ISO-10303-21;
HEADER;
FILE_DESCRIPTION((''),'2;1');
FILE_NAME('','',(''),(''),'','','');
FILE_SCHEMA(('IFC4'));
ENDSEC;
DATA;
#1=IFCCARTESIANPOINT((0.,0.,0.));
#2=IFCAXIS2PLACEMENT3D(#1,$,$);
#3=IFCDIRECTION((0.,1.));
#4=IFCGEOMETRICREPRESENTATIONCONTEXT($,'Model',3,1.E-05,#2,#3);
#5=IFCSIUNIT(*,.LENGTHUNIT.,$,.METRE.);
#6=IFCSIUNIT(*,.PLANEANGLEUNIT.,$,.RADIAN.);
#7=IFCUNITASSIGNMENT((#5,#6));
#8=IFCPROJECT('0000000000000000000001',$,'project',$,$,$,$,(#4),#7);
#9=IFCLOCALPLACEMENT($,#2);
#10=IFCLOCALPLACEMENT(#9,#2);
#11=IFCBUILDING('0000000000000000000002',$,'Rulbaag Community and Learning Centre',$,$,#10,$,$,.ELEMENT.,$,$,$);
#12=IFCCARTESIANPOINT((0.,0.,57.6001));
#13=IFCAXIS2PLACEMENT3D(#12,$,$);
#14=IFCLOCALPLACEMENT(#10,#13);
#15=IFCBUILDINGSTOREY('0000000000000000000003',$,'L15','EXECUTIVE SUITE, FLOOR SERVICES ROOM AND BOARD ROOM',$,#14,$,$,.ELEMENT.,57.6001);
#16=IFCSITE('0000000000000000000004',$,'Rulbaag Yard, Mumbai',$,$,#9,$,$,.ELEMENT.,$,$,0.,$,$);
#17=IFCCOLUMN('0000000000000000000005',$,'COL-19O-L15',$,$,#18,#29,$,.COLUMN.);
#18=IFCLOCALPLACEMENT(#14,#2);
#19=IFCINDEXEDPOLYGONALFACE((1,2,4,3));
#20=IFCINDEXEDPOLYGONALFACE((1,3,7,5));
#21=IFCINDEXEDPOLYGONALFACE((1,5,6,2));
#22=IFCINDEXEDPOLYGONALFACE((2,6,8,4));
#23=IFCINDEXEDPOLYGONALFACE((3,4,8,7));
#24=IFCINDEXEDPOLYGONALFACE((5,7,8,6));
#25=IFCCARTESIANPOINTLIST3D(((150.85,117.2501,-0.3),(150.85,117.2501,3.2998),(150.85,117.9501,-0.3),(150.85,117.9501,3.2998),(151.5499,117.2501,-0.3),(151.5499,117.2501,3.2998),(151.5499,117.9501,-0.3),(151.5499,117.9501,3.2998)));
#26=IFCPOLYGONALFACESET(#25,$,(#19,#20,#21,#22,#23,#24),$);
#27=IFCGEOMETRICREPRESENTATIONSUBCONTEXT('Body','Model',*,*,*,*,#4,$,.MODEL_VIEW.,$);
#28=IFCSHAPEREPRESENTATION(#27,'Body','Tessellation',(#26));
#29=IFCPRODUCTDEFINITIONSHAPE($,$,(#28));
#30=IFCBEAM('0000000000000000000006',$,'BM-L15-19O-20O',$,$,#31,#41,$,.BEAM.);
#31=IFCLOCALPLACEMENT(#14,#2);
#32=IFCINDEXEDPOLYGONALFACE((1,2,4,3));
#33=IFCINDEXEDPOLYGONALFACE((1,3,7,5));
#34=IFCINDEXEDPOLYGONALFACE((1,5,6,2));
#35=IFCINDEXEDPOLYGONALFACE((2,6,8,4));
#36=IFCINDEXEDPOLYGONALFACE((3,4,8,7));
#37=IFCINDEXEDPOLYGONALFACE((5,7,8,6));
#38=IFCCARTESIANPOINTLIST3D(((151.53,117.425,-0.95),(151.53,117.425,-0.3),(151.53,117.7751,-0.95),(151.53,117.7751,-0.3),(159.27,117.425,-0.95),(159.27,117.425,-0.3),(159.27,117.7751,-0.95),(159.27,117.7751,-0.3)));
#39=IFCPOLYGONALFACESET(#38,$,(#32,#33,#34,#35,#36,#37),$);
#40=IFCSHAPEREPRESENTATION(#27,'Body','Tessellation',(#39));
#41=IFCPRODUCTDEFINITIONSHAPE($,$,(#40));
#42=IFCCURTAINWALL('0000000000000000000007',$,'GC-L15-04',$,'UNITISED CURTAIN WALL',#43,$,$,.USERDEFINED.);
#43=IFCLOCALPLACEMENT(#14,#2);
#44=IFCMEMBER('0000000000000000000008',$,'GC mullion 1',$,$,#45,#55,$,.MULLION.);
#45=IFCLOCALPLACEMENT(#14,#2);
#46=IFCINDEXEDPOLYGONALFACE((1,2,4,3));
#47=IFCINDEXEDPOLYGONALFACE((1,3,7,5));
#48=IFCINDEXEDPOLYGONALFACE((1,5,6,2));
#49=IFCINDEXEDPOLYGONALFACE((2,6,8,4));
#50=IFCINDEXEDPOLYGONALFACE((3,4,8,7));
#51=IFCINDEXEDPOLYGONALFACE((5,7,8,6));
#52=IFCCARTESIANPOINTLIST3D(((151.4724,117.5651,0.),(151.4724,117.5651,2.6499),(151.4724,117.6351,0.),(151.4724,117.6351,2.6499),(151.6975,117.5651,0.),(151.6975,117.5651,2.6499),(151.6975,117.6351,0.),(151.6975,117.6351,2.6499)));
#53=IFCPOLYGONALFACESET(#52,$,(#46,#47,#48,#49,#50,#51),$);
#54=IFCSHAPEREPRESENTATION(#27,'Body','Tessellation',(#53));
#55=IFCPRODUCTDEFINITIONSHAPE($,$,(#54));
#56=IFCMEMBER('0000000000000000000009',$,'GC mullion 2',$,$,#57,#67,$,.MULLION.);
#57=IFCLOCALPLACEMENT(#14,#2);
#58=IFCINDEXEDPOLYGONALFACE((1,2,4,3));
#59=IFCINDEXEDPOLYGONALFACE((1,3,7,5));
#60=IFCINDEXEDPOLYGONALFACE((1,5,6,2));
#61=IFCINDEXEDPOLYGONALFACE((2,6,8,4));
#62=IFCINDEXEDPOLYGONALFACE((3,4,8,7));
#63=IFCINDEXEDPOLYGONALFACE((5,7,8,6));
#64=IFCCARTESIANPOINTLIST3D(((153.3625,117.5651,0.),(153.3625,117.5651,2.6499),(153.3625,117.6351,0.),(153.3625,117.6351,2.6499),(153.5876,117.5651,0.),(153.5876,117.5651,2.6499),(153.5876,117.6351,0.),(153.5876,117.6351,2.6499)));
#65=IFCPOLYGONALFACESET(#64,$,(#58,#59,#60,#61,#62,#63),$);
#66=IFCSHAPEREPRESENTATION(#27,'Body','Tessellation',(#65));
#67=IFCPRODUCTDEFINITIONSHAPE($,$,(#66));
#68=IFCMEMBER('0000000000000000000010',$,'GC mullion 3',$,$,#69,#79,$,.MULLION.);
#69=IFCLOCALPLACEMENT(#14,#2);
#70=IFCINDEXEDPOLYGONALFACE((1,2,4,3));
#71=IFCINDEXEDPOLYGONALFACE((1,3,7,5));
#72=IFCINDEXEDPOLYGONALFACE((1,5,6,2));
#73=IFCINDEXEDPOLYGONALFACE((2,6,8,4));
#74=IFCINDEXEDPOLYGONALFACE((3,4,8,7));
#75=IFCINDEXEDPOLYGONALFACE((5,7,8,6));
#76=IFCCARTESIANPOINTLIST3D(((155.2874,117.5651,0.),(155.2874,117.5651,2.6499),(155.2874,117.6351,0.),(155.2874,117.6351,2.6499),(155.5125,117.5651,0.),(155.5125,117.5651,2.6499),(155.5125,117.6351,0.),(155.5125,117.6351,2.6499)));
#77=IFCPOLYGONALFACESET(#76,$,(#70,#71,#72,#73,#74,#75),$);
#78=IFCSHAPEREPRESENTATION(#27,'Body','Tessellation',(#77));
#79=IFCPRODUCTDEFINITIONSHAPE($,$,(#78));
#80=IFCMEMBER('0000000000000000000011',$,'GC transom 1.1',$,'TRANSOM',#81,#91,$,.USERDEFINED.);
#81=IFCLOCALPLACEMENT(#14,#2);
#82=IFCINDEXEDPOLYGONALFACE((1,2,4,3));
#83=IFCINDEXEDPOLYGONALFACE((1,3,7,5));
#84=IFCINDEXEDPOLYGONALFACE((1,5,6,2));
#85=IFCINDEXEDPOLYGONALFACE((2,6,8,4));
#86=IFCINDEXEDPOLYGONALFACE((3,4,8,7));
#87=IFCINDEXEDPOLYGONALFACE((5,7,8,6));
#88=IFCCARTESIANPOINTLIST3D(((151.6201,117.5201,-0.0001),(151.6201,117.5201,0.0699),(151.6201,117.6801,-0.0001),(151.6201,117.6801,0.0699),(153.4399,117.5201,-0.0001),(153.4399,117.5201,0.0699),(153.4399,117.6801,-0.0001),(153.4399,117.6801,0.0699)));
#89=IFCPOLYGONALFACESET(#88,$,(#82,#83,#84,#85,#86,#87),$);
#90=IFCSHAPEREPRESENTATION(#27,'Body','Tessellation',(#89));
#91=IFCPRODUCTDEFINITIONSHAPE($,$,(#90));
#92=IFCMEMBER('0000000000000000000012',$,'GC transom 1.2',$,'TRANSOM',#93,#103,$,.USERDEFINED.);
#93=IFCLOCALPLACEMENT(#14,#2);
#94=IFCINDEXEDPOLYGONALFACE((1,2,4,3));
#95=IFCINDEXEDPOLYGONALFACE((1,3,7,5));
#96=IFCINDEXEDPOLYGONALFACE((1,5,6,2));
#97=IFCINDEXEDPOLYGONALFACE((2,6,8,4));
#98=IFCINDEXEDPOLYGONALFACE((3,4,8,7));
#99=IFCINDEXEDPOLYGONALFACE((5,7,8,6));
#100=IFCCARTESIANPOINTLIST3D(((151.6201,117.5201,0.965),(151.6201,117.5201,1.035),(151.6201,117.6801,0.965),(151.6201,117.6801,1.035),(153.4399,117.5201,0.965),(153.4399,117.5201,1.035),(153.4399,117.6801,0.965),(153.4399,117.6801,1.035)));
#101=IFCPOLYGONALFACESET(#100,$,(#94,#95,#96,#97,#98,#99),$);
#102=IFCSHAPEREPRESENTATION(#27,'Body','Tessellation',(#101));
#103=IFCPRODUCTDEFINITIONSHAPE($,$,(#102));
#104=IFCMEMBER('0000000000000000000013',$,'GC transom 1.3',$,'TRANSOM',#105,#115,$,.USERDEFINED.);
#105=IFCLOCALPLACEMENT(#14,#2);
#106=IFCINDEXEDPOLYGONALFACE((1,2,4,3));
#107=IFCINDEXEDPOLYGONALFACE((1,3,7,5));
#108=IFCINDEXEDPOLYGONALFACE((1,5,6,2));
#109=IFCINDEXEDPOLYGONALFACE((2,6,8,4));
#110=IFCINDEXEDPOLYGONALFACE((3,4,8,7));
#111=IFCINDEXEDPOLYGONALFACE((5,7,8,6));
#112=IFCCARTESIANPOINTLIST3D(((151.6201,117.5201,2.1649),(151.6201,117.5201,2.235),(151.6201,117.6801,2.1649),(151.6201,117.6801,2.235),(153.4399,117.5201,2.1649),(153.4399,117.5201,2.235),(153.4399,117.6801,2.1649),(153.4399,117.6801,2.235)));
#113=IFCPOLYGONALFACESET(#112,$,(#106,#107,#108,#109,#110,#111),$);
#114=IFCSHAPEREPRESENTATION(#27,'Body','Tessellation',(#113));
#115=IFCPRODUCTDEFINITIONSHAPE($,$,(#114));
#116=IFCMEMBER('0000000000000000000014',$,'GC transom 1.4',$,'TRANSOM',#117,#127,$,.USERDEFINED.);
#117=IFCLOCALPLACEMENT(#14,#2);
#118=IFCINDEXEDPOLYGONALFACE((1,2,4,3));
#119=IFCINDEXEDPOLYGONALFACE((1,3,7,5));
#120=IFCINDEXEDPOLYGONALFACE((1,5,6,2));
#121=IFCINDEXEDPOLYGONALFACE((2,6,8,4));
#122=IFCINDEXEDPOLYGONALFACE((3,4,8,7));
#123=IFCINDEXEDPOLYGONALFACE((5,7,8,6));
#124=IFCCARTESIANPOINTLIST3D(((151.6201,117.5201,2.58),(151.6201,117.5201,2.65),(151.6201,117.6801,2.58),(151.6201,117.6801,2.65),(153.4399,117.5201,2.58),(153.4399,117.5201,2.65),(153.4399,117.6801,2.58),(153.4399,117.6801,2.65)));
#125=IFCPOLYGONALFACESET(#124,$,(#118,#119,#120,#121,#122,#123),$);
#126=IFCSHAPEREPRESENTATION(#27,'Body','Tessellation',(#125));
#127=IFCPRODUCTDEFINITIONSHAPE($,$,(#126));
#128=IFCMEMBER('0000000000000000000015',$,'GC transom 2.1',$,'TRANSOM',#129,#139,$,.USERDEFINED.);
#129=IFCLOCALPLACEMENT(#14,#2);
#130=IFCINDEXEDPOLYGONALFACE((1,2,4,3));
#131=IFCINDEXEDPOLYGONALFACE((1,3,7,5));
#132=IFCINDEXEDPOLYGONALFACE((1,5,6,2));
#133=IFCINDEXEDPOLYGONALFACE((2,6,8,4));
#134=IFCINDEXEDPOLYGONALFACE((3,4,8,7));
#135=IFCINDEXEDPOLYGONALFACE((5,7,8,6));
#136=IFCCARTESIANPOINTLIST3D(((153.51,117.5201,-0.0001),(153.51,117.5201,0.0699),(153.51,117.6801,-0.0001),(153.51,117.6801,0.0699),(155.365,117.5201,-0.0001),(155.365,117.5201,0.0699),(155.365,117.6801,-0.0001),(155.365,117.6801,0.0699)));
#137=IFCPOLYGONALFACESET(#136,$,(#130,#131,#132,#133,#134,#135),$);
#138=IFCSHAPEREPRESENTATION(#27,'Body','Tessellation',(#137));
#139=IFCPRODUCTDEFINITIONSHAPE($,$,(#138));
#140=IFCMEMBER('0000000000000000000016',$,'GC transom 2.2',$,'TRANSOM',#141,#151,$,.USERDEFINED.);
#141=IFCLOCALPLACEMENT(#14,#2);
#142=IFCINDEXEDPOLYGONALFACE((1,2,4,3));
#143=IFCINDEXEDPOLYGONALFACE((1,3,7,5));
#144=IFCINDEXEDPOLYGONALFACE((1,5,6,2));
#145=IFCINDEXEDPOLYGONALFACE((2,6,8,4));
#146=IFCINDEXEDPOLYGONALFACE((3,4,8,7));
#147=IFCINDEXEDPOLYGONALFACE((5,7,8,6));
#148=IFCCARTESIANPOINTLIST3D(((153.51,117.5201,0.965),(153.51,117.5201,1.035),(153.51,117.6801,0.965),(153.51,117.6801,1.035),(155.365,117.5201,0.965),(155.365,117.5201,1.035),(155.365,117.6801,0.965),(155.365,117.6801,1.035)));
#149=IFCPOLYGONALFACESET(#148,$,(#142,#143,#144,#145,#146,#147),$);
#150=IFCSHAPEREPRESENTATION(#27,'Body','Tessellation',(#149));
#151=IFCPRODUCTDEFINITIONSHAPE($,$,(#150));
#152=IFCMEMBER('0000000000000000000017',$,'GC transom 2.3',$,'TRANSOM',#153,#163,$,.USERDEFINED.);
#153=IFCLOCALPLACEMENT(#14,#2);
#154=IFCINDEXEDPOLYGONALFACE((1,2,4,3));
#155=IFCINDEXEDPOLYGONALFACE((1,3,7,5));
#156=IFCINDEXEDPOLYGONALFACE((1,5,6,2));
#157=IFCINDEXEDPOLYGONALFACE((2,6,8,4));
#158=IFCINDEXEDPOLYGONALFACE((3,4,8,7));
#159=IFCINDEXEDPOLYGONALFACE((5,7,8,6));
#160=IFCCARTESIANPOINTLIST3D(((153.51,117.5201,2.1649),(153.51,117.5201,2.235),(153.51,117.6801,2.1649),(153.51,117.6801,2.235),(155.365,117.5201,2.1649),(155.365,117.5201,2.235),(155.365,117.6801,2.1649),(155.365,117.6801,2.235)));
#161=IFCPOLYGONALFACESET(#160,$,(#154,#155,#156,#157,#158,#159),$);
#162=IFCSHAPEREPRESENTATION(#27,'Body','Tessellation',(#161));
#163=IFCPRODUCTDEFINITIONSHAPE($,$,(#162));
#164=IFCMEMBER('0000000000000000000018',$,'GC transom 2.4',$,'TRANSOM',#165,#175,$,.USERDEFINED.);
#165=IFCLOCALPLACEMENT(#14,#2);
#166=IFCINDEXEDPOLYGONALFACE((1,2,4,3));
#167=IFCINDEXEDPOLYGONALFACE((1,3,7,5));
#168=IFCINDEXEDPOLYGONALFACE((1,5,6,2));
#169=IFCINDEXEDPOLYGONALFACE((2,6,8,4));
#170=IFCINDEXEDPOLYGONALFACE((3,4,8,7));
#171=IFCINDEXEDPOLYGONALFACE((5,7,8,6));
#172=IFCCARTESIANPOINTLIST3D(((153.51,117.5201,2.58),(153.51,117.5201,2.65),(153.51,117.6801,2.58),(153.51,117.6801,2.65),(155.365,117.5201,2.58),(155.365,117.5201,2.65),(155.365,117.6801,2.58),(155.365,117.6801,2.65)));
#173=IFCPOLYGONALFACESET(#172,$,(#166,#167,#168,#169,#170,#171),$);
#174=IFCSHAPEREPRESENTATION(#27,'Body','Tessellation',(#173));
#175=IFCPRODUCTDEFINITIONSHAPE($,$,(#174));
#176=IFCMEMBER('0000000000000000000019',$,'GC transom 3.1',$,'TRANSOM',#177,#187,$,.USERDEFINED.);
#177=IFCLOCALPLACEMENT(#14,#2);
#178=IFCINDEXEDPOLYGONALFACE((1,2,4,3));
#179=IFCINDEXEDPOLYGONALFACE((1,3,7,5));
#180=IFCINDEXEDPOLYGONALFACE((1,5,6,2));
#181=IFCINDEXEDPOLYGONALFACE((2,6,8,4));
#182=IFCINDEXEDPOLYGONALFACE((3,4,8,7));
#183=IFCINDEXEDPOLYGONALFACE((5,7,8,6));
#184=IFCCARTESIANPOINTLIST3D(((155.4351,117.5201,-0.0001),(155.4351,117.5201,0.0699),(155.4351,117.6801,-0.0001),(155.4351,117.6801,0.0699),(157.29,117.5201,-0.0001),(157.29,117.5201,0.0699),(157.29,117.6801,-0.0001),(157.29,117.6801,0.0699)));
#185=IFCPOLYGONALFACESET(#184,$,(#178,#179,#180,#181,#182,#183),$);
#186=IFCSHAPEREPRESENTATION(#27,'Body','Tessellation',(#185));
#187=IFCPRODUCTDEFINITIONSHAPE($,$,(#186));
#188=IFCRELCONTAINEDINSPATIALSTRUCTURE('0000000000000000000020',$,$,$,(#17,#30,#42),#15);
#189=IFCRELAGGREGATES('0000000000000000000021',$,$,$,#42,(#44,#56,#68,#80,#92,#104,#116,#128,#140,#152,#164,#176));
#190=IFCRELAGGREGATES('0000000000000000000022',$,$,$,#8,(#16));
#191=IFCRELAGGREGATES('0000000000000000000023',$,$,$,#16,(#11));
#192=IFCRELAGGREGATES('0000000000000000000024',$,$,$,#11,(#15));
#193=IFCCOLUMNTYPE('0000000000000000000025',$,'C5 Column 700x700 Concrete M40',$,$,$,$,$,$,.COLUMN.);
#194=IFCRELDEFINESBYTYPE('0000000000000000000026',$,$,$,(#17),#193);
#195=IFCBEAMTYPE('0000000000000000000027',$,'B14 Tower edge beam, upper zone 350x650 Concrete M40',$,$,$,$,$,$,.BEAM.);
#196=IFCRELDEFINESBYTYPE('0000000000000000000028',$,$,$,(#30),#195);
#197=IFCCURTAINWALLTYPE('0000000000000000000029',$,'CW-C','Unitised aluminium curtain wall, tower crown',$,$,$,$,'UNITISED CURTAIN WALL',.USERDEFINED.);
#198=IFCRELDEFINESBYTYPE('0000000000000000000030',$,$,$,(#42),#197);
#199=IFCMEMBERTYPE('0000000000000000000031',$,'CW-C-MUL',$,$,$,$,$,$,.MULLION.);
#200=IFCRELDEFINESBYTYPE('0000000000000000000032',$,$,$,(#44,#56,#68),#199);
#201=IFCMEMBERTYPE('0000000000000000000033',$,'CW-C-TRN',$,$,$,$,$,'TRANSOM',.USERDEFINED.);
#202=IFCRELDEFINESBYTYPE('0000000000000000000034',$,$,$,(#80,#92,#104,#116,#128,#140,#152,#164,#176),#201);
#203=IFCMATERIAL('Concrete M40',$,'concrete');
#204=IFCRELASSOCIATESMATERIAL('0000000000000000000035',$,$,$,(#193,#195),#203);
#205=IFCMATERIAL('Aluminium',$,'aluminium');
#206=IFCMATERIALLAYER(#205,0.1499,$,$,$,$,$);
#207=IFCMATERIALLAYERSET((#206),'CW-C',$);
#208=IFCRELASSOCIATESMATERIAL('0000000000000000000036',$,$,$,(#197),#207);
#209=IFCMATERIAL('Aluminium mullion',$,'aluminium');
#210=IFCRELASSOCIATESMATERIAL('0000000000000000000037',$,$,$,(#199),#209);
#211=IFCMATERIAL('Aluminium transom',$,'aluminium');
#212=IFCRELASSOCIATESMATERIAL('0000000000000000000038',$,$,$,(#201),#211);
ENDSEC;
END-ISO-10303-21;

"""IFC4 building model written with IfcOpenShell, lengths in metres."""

from ifc_helpers import new_model, si_unit, direction, frame, origin, origin_2d, place, context, subcontext, project, spatial, rectangle, extrude, material, layer, layer_set, material_profile, profile_set, type_object, element, aggregate, save


model = new_model("IFC4")

# Units and contexts
model_context = context("Model", 3, precision=1e-05, world=origin(), true_north=direction((0.0, 1.0)))
body_context = subcontext(model_context, "Body", "Model", "MODEL_VIEW")
ifc_project = project(units=[si_unit("LENGTHUNIT", "METRE"), si_unit("PLANEANGLEUNIT", "RADIAN")], contexts=[model_context])

# Site, building, storey
site_placement = place(None, origin())
site = spatial("IfcSite", under=ifc_project, at=site_placement, Name="Rulbaag Yard, Mumbai", CompositionType="ELEMENT", RefElevation=0.0)
building_placement = place(site_placement, origin())
building = spatial("IfcBuilding", under=site, at=building_placement, Name="Rulbaag Community and Learning Centre", CompositionType="ELEMENT")
storey_placement = place(building_placement, frame((0.0, 0.0, 57.6001)))
storey = spatial("IfcBuildingStorey", under=building, at=storey_placement, Name="L15", Description="EXECUTIVE SUITE, FLOOR SERVICES ROOM AND BOARD ROOM", CompositionType="ELEMENT", Elevation=57.6001)

# Column
ifc_material_1 = material(Name="Concrete M40", Category="concrete")
ifc_material_profile_1 = material_profile(ifc_material_1, rectangle(XDim=0.7, YDim=0.7, at=origin_2d()), Name="RC700x700")
ifc_profile_set_1 = profile_set([ifc_material_profile_1], Name="Concrete M40")
column_type = type_object("IfcColumnType", Name="C5 Column 700x700 Concrete M40", PredefinedType="COLUMN", material=ifc_profile_set_1)
column_placement = place(storey_placement, frame((151.2, 117.6001, -0.3), z_axis=(0.0, 0.0, 1.0), x_axis=(1.0, 0.0, 0.0)))
element("IfcColumn", 1, at=column_placement, inside=storey, type_object=column_type, Name="COL-19O-L15", PredefinedType="COLUMN", context=body_context, shape_type="SweptSolid", body=[
    extrude(rectangle(XDim=0.7, YDim=0.7, at=origin_2d()), origin(), (0.0, 0.0, 1.0), 3.5999),
])

# Beam
ifc_material_profile_2 = material_profile(ifc_material_1, rectangle(XDim=0.3501, YDim=0.6499, at=origin_2d()), Name="RB350x650")
ifc_profile_set_2 = profile_set([ifc_material_profile_2], Name="Concrete M40")
beam_type = type_object("IfcBeamType", Name="B14 Tower edge beam, upper zone 350x650 Concrete M40", PredefinedType="BEAM", material=ifc_profile_set_2)
beam_placement = place(storey_placement, frame((151.53, 117.6001, -0.625), z_axis=(1.0, 0.0, 0.0), x_axis=(0.0, 1.0, 0.0)))
element("IfcBeam", 2, at=beam_placement, inside=storey, type_object=beam_type, Name="BM-L15-19O-20O", PredefinedType="BEAM", context=body_context, shape_type="SweptSolid", body=[
    extrude(rectangle(XDim=0.3501, YDim=0.6499, at=origin_2d()), origin(), (0.0, 0.0, 1.0), 7.74),
])

# Curtain wall, members
ifc_material_2 = material(Name="Aluminium", Category="aluminium")
ifc_layer_1 = layer(ifc_material_2, 0.1499)
ifc_layer_set_1 = layer_set([ifc_layer_1], Name="CW-C")
curtain_wall_type = type_object("IfcCurtainWallType", Name="CW-C", Description="Unitised aluminium curtain wall, tower crown", ElementType="UNITISED CURTAIN WALL", PredefinedType="USERDEFINED", material=ifc_layer_set_1)
curtain_wall_placement = place(storey_placement, origin())
curtain_wall = element("IfcCurtainWall", 3, at=curtain_wall_placement, inside=storey, type_object=curtain_wall_type, Name="GC-L15-04", ObjectType="UNITISED CURTAIN WALL", PredefinedType="USERDEFINED")
ifc_material_3 = material(Name="Aluminium mullion", Category="aluminium")
ifc_material_profile_3 = material_profile(ifc_material_3, rectangle(XDim=0.0701, YDim=0.2251, at=origin_2d()), Name="AL 70x225")
ifc_profile_set_3 = profile_set([ifc_material_profile_3], Name="Aluminium mullion")
member_type_1 = type_object("IfcMemberType", Name="CW-C-MUL", PredefinedType="MULLION", material=ifc_profile_set_3)
member_1_placement = place(storey_placement, frame((151.585, 117.6001, 0.0), z_axis=(0.0, 0.0, 1.0), x_axis=(0.0, 1.0, 0.0)))
member_1 = element("IfcMember", 4, at=member_1_placement, type_object=member_type_1, Name="GC mullion 1", PredefinedType="MULLION", context=body_context, shape_type="SweptSolid", body=[
    extrude(rectangle(XDim=0.0701, YDim=0.2251, at=origin_2d()), origin(), (0.0, 0.0, 1.0), 2.6499),
])
member_2_placement = place(storey_placement, frame((153.4751, 117.6001, 0.0), z_axis=(0.0, 0.0, 1.0), x_axis=(0.0, 1.0, 0.0)))
member_2 = element("IfcMember", 5, at=member_2_placement, type_object=member_type_1, Name="GC mullion 2", PredefinedType="MULLION", context=body_context, shape_type="SweptSolid", body=[
    extrude(rectangle(XDim=0.0701, YDim=0.2251, at=origin_2d()), origin(), (0.0, 0.0, 1.0), 2.6499),
])
member_3_placement = place(storey_placement, frame((155.3999, 117.6001, 0.0), z_axis=(0.0, 0.0, 1.0), x_axis=(0.0, 1.0, 0.0)))
member_3 = element("IfcMember", 6, at=member_3_placement, type_object=member_type_1, Name="GC mullion 3", PredefinedType="MULLION", context=body_context, shape_type="SweptSolid", body=[
    extrude(rectangle(XDim=0.0701, YDim=0.2251, at=origin_2d()), origin(), (0.0, 0.0, 1.0), 2.6499),
])
ifc_material_4 = material(Name="Aluminium transom", Category="aluminium")
ifc_material_profile_4 = material_profile(ifc_material_4, rectangle(XDim=0.1599, YDim=0.0701, at=origin_2d()), Name="AL 70x160 T")
ifc_profile_set_4 = profile_set([ifc_material_profile_4], Name="Aluminium transom")
member_type_2 = type_object("IfcMemberType", Name="CW-C-TRN", ElementType="TRANSOM", PredefinedType="USERDEFINED", material=ifc_profile_set_4)
member_4_placement = place(storey_placement, frame((151.6201, 117.6001, 0.0349), z_axis=(1.0, 0.0, 0.0), x_axis=(0.0, 1.0, 0.0)))
member_4 = element("IfcMember", 7, at=member_4_placement, type_object=member_type_2, Name="GC transom 1.1", ObjectType="TRANSOM", PredefinedType="USERDEFINED", context=body_context, shape_type="SweptSolid", body=[
    extrude(rectangle(XDim=0.1599, YDim=0.0701, at=origin_2d()), origin(), (0.0, 0.0, 1.0), 1.8198),
])
member_5_placement = place(storey_placement, frame((151.6201, 117.6001, 1.0), z_axis=(1.0, 0.0, 0.0), x_axis=(0.0, 1.0, 0.0)))
member_5 = element("IfcMember", 8, at=member_5_placement, type_object=member_type_2, Name="GC transom 1.2", ObjectType="TRANSOM", PredefinedType="USERDEFINED", context=body_context, shape_type="SweptSolid", body=[
    extrude(rectangle(XDim=0.1599, YDim=0.0701, at=origin_2d()), origin(), (0.0, 0.0, 1.0), 1.8198),
])
member_6_placement = place(storey_placement, frame((151.6201, 117.6001, 2.2), z_axis=(1.0, 0.0, 0.0), x_axis=(0.0, 1.0, 0.0)))
member_6 = element("IfcMember", 9, at=member_6_placement, type_object=member_type_2, Name="GC transom 1.3", ObjectType="TRANSOM", PredefinedType="USERDEFINED", context=body_context, shape_type="SweptSolid", body=[
    extrude(rectangle(XDim=0.1599, YDim=0.0701, at=origin_2d()), origin(), (0.0, 0.0, 1.0), 1.8198),
])
member_7_placement = place(storey_placement, frame((151.6201, 117.6001, 2.615), z_axis=(1.0, 0.0, 0.0), x_axis=(0.0, 1.0, 0.0)))
member_7 = element("IfcMember", 10, at=member_7_placement, type_object=member_type_2, Name="GC transom 1.4", ObjectType="TRANSOM", PredefinedType="USERDEFINED", context=body_context, shape_type="SweptSolid", body=[
    extrude(rectangle(XDim=0.1599, YDim=0.0701, at=origin_2d()), origin(), (0.0, 0.0, 1.0), 1.8198),
])
member_8_placement = place(storey_placement, frame((153.51, 117.6001, 0.0349), z_axis=(1.0, 0.0, 0.0), x_axis=(0.0, 1.0, 0.0)))
member_8 = element("IfcMember", 11, at=member_8_placement, type_object=member_type_2, Name="GC transom 2.1", ObjectType="TRANSOM", PredefinedType="USERDEFINED", context=body_context, shape_type="SweptSolid", body=[
    extrude(rectangle(XDim=0.1599, YDim=0.0701, at=origin_2d()), origin(), (0.0, 0.0, 1.0), 1.855),
])
member_9_placement = place(storey_placement, frame((153.51, 117.6001, 1.0), z_axis=(1.0, 0.0, 0.0), x_axis=(0.0, 1.0, 0.0)))
member_9 = element("IfcMember", 12, at=member_9_placement, type_object=member_type_2, Name="GC transom 2.2", ObjectType="TRANSOM", PredefinedType="USERDEFINED", context=body_context, shape_type="SweptSolid", body=[
    extrude(rectangle(XDim=0.1599, YDim=0.0701, at=origin_2d()), origin(), (0.0, 0.0, 1.0), 1.855),
])
member_10_placement = place(storey_placement, frame((153.51, 117.6001, 2.2), z_axis=(1.0, 0.0, 0.0), x_axis=(0.0, 1.0, 0.0)))
member_10 = element("IfcMember", 13, at=member_10_placement, type_object=member_type_2, Name="GC transom 2.3", ObjectType="TRANSOM", PredefinedType="USERDEFINED", context=body_context, shape_type="SweptSolid", body=[
    extrude(rectangle(XDim=0.1599, YDim=0.0701, at=origin_2d()), origin(), (0.0, 0.0, 1.0), 1.855),
])
member_11_placement = place(storey_placement, frame((153.51, 117.6001, 2.615), z_axis=(1.0, 0.0, 0.0), x_axis=(0.0, 1.0, 0.0)))
member_11 = element("IfcMember", 14, at=member_11_placement, type_object=member_type_2, Name="GC transom 2.4", ObjectType="TRANSOM", PredefinedType="USERDEFINED", context=body_context, shape_type="SweptSolid", body=[
    extrude(rectangle(XDim=0.1599, YDim=0.0701, at=origin_2d()), origin(), (0.0, 0.0, 1.0), 1.855),
])
member_12_placement = place(storey_placement, frame((155.4351, 117.6001, 0.0349), z_axis=(1.0, 0.0, 0.0), x_axis=(0.0, 1.0, 0.0)))
member_12 = element("IfcMember", 15, at=member_12_placement, type_object=member_type_2, Name="GC transom 3.1", ObjectType="TRANSOM", PredefinedType="USERDEFINED", context=body_context, shape_type="SweptSolid", body=[
    extrude(rectangle(XDim=0.1599, YDim=0.0701, at=origin_2d()), origin(), (0.0, 0.0, 1.0), 1.855),
])
aggregate(curtain_wall, [member_1, member_2, member_3, member_4, member_5, member_6, member_7, member_8, member_9, member_10, member_11, member_12])

save(model, "model.ifc")
